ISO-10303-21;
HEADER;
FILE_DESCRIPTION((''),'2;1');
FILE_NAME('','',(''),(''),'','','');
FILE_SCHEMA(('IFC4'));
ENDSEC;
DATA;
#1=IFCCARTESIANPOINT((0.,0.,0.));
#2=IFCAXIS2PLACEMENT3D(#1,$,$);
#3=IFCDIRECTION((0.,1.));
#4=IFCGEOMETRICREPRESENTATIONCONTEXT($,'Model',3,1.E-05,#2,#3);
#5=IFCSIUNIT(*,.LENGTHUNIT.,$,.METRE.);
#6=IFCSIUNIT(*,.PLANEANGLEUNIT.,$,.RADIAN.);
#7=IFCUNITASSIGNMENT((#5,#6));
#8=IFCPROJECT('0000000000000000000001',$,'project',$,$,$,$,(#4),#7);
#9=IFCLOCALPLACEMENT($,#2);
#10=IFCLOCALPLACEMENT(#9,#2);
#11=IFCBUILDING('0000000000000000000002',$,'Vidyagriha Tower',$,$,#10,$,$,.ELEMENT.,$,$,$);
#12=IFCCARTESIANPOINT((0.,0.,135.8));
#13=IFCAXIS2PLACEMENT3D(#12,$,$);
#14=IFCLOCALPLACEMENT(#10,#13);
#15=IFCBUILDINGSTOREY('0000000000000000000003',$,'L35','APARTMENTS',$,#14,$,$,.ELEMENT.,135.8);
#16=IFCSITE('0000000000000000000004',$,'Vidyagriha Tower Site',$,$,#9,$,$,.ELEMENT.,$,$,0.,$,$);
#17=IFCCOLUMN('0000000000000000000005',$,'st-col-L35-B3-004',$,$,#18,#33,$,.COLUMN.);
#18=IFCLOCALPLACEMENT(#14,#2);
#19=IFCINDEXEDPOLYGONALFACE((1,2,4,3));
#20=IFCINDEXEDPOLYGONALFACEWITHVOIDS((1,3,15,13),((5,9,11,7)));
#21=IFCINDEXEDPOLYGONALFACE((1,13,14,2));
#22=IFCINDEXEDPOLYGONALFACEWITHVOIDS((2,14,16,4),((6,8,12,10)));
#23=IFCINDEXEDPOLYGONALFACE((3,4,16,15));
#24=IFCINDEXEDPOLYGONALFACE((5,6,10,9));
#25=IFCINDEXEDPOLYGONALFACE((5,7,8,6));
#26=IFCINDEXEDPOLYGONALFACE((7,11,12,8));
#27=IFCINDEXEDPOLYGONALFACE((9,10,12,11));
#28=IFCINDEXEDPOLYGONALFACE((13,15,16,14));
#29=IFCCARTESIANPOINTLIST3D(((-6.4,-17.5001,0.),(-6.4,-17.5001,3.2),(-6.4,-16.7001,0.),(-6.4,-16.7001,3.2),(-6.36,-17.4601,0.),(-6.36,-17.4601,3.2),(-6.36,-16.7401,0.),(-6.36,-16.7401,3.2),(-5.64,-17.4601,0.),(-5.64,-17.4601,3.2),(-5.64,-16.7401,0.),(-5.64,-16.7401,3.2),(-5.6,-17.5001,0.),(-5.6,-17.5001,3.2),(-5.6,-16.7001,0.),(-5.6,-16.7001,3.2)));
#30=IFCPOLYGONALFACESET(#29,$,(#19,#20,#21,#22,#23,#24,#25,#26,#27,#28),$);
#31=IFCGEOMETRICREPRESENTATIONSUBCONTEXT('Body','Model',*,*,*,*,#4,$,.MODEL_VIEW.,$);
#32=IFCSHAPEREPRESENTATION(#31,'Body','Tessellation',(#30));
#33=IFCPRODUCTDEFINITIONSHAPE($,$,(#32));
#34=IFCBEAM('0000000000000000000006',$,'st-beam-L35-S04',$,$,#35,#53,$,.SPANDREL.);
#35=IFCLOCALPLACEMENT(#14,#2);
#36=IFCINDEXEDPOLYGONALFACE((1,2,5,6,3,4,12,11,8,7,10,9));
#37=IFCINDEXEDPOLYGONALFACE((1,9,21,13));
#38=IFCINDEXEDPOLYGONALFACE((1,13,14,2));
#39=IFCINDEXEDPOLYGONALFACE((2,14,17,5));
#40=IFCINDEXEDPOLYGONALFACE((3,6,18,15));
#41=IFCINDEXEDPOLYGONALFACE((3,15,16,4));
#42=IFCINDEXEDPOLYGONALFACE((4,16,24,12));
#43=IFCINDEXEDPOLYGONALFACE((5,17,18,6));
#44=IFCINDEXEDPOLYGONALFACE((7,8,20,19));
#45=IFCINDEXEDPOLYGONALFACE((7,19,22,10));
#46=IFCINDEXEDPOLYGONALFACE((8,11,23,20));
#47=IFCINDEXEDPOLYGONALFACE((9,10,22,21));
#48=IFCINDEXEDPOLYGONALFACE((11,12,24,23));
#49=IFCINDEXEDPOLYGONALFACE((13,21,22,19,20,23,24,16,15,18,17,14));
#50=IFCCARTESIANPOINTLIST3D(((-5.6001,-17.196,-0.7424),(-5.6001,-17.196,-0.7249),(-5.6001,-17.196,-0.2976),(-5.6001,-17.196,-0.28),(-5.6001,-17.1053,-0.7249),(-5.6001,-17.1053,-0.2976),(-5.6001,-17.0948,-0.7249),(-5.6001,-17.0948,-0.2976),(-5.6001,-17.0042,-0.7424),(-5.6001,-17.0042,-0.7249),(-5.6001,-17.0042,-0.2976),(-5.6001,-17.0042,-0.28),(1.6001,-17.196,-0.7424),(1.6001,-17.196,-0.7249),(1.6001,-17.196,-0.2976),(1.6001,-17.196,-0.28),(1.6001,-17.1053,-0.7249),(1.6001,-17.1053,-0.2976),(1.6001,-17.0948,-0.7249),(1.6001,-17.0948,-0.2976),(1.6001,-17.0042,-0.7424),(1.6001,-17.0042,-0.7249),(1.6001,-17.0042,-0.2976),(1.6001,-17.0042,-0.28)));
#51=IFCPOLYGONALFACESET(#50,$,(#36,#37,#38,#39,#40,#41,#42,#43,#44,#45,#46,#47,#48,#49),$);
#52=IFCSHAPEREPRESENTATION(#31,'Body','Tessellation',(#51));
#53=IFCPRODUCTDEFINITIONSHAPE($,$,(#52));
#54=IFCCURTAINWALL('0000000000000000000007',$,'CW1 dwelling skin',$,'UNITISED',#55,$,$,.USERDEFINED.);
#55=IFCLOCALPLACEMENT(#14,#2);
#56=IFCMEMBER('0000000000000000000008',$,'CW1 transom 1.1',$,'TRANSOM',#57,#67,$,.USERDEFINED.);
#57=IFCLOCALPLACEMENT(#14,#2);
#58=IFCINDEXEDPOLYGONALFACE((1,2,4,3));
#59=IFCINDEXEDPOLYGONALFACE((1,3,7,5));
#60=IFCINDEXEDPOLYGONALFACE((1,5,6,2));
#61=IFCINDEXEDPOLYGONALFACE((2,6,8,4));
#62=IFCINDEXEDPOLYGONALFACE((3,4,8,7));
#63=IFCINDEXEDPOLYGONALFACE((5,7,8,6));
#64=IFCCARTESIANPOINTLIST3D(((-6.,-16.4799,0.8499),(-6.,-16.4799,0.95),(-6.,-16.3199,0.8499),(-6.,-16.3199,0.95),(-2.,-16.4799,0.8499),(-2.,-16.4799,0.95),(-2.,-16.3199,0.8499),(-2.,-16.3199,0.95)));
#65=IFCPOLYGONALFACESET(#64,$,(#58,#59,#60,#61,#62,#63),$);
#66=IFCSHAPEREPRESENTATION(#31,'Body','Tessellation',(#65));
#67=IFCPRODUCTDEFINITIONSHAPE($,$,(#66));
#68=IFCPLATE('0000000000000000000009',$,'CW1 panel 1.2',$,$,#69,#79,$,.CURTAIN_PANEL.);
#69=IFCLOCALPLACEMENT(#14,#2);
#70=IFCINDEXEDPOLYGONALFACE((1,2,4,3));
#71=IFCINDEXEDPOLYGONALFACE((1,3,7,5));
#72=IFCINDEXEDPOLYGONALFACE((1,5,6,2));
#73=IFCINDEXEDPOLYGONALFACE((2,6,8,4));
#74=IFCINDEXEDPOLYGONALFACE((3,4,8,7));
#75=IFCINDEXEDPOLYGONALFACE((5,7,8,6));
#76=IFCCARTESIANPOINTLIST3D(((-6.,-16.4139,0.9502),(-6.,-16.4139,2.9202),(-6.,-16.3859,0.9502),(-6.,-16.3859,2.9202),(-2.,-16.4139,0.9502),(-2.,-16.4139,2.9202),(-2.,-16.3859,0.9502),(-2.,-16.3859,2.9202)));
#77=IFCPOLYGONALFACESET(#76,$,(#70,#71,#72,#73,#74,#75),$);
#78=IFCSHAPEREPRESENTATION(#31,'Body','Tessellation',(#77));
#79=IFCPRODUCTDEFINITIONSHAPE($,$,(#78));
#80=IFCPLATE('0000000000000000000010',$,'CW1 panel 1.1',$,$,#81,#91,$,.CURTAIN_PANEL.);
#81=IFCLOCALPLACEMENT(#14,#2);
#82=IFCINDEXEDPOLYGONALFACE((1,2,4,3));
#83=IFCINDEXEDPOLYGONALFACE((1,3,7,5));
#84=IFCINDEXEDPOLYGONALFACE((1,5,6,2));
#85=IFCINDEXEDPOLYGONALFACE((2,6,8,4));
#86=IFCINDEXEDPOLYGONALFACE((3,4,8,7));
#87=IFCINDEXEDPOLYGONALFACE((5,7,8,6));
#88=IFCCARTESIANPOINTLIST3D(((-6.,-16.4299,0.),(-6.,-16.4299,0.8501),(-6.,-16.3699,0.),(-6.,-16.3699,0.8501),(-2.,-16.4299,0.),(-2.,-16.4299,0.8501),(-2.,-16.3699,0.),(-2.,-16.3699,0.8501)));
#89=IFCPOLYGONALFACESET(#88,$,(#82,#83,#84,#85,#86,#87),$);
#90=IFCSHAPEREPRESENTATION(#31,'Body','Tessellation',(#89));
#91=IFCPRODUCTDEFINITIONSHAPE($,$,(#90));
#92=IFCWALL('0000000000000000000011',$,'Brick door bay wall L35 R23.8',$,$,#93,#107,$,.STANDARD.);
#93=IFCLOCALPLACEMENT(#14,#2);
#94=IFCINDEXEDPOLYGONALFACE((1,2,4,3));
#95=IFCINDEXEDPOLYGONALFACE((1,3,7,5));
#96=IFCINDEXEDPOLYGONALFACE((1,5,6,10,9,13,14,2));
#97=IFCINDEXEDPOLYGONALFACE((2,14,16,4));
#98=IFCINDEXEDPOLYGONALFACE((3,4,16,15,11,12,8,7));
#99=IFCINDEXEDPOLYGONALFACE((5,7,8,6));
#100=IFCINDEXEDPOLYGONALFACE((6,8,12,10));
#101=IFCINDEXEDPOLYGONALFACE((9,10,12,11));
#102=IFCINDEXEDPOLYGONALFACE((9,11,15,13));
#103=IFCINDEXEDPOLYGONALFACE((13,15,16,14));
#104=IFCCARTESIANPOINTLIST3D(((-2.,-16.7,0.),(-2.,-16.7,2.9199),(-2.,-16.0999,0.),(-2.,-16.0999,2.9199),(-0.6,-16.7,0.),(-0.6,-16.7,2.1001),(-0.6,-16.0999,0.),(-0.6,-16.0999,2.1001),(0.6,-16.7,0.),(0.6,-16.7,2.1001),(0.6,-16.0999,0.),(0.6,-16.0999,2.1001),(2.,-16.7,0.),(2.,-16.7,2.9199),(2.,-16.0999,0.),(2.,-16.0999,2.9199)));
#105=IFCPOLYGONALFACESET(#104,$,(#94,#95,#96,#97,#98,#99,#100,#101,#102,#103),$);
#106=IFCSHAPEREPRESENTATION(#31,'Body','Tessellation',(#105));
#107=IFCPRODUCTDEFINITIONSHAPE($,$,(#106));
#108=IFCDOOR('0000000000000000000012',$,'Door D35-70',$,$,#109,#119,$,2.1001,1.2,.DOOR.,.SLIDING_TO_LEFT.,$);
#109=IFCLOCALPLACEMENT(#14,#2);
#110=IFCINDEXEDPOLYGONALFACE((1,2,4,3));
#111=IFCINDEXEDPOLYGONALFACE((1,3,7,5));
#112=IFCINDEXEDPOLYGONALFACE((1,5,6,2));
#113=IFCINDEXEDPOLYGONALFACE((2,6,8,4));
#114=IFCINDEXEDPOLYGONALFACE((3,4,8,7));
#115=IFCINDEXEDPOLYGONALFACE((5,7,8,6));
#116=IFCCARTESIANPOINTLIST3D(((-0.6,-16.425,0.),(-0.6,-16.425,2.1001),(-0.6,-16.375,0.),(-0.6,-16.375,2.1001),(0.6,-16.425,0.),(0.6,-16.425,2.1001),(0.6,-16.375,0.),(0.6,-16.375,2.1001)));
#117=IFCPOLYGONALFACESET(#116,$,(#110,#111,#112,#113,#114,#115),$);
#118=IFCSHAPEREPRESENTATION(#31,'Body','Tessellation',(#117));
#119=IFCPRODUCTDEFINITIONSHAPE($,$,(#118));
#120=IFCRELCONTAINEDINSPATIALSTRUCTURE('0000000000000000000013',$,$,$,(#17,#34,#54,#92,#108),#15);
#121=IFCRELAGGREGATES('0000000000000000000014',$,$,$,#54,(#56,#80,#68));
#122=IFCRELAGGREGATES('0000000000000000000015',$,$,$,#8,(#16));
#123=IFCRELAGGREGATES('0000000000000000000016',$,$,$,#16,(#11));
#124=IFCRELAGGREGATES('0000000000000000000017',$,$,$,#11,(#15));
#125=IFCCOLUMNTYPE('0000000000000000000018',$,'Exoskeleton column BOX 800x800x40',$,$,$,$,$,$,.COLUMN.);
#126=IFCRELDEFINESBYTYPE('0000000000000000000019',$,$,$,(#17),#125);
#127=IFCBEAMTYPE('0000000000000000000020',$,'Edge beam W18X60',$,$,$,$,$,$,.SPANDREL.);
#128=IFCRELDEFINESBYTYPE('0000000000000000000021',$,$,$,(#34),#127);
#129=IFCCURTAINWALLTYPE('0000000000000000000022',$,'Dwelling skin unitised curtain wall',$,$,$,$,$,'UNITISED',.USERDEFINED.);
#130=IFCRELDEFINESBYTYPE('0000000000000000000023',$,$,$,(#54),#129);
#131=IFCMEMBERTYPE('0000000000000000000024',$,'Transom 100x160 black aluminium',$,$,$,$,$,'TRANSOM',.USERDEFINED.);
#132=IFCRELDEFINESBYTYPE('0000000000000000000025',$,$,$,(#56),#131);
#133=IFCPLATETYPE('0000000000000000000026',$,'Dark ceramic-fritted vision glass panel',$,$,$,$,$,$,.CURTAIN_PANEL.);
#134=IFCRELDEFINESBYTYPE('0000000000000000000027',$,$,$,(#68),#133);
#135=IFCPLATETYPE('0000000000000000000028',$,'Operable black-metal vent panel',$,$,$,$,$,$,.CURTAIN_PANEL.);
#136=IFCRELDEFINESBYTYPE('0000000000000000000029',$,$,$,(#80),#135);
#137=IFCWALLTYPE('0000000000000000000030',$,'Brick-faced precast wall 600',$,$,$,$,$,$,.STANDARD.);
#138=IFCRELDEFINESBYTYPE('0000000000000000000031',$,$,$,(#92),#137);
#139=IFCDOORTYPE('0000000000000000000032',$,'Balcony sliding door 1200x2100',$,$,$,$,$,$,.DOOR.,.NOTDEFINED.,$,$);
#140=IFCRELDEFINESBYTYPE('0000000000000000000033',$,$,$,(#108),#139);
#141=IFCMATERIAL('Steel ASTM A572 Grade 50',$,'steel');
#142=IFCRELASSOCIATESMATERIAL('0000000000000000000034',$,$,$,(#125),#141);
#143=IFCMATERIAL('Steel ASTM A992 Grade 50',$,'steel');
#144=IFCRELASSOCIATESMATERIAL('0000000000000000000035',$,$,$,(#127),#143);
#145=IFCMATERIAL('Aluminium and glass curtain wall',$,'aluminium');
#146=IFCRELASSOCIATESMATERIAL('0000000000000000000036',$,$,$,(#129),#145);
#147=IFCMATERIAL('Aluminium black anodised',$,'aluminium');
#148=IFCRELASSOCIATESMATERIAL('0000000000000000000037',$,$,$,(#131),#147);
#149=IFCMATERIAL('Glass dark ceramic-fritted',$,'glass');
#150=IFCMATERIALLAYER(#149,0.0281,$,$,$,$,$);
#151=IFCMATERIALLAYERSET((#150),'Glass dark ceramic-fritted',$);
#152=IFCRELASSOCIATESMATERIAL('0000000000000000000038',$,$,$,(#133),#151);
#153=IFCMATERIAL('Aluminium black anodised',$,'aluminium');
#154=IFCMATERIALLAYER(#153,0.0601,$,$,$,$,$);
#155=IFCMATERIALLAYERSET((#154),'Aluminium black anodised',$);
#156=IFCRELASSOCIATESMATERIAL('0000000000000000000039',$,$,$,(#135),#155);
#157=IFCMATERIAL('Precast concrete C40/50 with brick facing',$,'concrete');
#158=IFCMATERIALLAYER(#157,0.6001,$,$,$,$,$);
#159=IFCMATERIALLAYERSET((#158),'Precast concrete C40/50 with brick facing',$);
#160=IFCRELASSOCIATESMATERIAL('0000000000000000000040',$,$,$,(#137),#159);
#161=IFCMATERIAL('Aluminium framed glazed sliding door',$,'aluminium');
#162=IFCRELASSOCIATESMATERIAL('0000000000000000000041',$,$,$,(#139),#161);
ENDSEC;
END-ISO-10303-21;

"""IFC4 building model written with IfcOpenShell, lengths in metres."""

from ifc_helpers import new_model, si_unit, direction, frame, frame_2d, origin, origin_2d, place, context, subcontext, project, spatial, rectangle, hollow_rectangle, i_section, extrude, material, layer, layer_set, material_profile, profile_set, type_object, element, fill, aggregate, save


model = new_model("IFC4")

# Units and contexts
model_context = context("Model", 3, precision=1e-05, world=origin(), true_north=direction((0.0, 1.0)))
body_context = subcontext(model_context, "Body", "Model", "MODEL_VIEW")
ifc_project = project(units=[si_unit("LENGTHUNIT", "METRE"), si_unit("PLANEANGLEUNIT", "RADIAN")], contexts=[model_context])

# Site, building, storey
site_placement = place(None, origin())
site = spatial("IfcSite", under=ifc_project, at=site_placement, Name="Vidyagriha Tower Site", CompositionType="ELEMENT", RefElevation=0.0)
building_placement = place(site_placement, origin())
building = spatial("IfcBuilding", under=site, at=building_placement, Name="Vidyagriha Tower", CompositionType="ELEMENT")
storey_placement = place(building_placement, frame((0.0, 0.0, 135.8)))
storey = spatial("IfcBuildingStorey", under=building, at=storey_placement, Name="L35", Description="APARTMENTS", CompositionType="ELEMENT", Elevation=135.8)

# Column
ifc_material_1 = material(Name="Steel ASTM A572 Grade 50", Category="steel")
ifc_material_profile_1 = material_profile(ifc_material_1, hollow_rectangle(XDim=0.8, YDim=0.8, WallThickness=0.04, at=origin_2d()), Name="BOX 800x800x40")
ifc_profile_set_1 = profile_set([ifc_material_profile_1], Name="Steel ASTM A572 Grade 50")
column_type = type_object("IfcColumnType", Name="Exoskeleton column BOX 800x800x40", PredefinedType="COLUMN", material=ifc_profile_set_1)
column_placement = place(storey_placement, frame((-6.0, -17.1001, 0.0)))
element("IfcColumn", 1, at=column_placement, inside=storey, type_object=column_type, Name="st-col-L35-B3-004", PredefinedType="COLUMN", context=body_context, shape_type="SweptSolid", body=[
    extrude(hollow_rectangle(XDim=0.8, YDim=0.8, WallThickness=0.04, at=origin_2d()), origin(), (0.0, 0.0, 1.0), 3.2),
])

# Beam
ifc_material_2 = material(Name="Steel ASTM A992 Grade 50", Category="steel")
ifc_material_profile_2 = material_profile(ifc_material_2, i_section(OverallWidth=0.1919, OverallDepth=0.4624, WebThickness=0.0105, FlangeThickness=0.0176, at=origin_2d()), Name="W18X60")
ifc_profile_set_2 = profile_set([ifc_material_profile_2], Name="Steel ASTM A992 Grade 50")
beam_type = type_object("IfcBeamType", Name="Edge beam W18X60", PredefinedType="SPANDREL", material=ifc_profile_set_2)
beam_placement = place(storey_placement, frame((-5.6001, -17.1001, -0.5112), z_axis=(1.0, 0.0, 0.0), x_axis=(0.0, 1.0, 0.0)))
element("IfcBeam", 2, at=beam_placement, inside=storey, type_object=beam_type, Name="st-beam-L35-S04", PredefinedType="SPANDREL", context=body_context, shape_type="SweptSolid", body=[
    extrude(i_section(OverallWidth=0.1919, OverallDepth=0.4624, WebThickness=0.0105, FlangeThickness=0.0176, at=origin_2d()), origin(), (0.0, 0.0, 1.0), 7.2002),
])

# Curtain wall, member, plates
ifc_material_3 = material(Name="Aluminium and glass curtain wall", Category="aluminium")
curtain_wall_type = type_object("IfcCurtainWallType", Name="Dwelling skin unitised curtain wall", ElementType="UNITISED", PredefinedType="USERDEFINED", material=ifc_material_3)
curtain_wall_placement = place(storey_placement, origin())
curtain_wall = element("IfcCurtainWall", 3, at=curtain_wall_placement, inside=storey, type_object=curtain_wall_type, Name="CW1 dwelling skin", ObjectType="UNITISED", PredefinedType="USERDEFINED")
ifc_material_4 = material(Name="Aluminium black anodised", Category="aluminium")
ifc_material_profile_3 = material_profile(ifc_material_4, rectangle(XDim=0.1599, YDim=0.1001, at=origin_2d()), Name="Transom 100x160 black aluminium")
ifc_profile_set_3 = profile_set([ifc_material_profile_3], Name="Aluminium black anodised")
member_type = type_object("IfcMemberType", Name="Transom 100x160 black aluminium", ElementType="TRANSOM", PredefinedType="USERDEFINED", material=ifc_profile_set_3)
member_placement = place(storey_placement, frame((-6.0, -16.3999, 0.8999), z_axis=(1.0, 0.0, 0.0), x_axis=(0.0, 1.0, 0.0)))
member = element("IfcMember", 4, at=member_placement, type_object=member_type, Name="CW1 transom 1.1", ObjectType="TRANSOM", PredefinedType="USERDEFINED", context=body_context, shape_type="SweptSolid", body=[
    extrude(rectangle(XDim=0.1599, YDim=0.1001, at=origin_2d()), origin(), (0.0, 0.0, 1.0), 4.0),
])
ifc_material_5 = material(Name="Glass dark ceramic-fritted", Category="glass")
ifc_layer_1 = layer(ifc_material_5, 0.0281)
ifc_layer_set_1 = layer_set([ifc_layer_1], Name="Glass dark ceramic-fritted")
plate_type_1 = type_object("IfcPlateType", Name="Dark ceramic-fritted vision glass panel", PredefinedType="CURTAIN_PANEL", material=ifc_layer_set_1)
plate_1_placement = place(storey_placement, frame((-4.0, -16.3999, 0.9502)))
plate_1 = element("IfcPlate", 5, at=plate_1_placement, type_object=plate_type_1, Name="CW1 panel 1.2", PredefinedType="CURTAIN_PANEL", context=body_context, shape_type="SweptSolid", body=[
    extrude(rectangle(XDim=4.0, YDim=0.0281, at=origin_2d()), origin(), (0.0, 0.0, 1.0), 1.97),
])
ifc_material_6 = material(Name="Aluminium black anodised", Category="aluminium")
ifc_layer_2 = layer(ifc_material_6, 0.0601)
ifc_layer_set_2 = layer_set([ifc_layer_2], Name="Aluminium black anodised")
plate_type_2 = type_object("IfcPlateType", Name="Operable black-metal vent panel", PredefinedType="CURTAIN_PANEL", material=ifc_layer_set_2)
plate_2_placement = place(storey_placement, frame((-4.0, -16.3999, 0.0)))
plate_2 = element("IfcPlate", 6, at=plate_2_placement, type_object=plate_type_2, Name="CW1 panel 1.1", PredefinedType="CURTAIN_PANEL", context=body_context, shape_type="SweptSolid", body=[
    extrude(rectangle(XDim=4.0, YDim=0.0601, at=origin_2d()), origin(), (0.0, 0.0, 1.0), 0.8501),
])
aggregate(curtain_wall, [member, plate_2, plate_1])

# Wall, opening, door
ifc_material_7 = material(Name="Precast concrete C40/50 with brick facing", Category="concrete")
ifc_layer_3 = layer(ifc_material_7, 0.6001)
ifc_layer_set_3 = layer_set([ifc_layer_3], Name="Precast concrete C40/50 with brick facing")
wall_type_1 = type_object("IfcWallType", Name="Brick-faced precast wall 600", PredefinedType="STANDARD", material=ifc_layer_set_3)
wall_1_placement = place(storey_placement, frame((-2.0, -16.3999, 0.0)))
wall_1 = element("IfcWall", 7, at=wall_1_placement, inside=storey, type_object=wall_type_1, Name="Brick door bay wall L35 R23.8", PredefinedType="STANDARD", context=body_context, shape_type="SweptSolid", body=[
    extrude(rectangle(XDim=4.0, YDim=0.6001, at=frame_2d((2.0, 0.0))), origin(), (0.0, 0.0, 1.0), 2.9199),
])
opening_1_placement = place(wall_1_placement, frame((1.3999, 0.0, 0.0)))
opening_1 = element("IfcOpeningElement", 8, at=opening_1_placement, cuts=wall_1, PredefinedType="OPENING", context=body_context, shape_type="SweptSolid", body=[
    extrude(rectangle(XDim=1.2, YDim=2.1001, at=frame_2d((0.6001, 1.05))), frame((0.0, 0.3101, 0.0), z_axis=(0.0, -1.0, 0.0), x_axis=(1.0, 0.0, 0.0)), (0.0, 0.0, 1.0), 0.6201),
])
ifc_material_8 = material(Name="Aluminium framed glazed sliding door", Category="aluminium")
door_type_1 = type_object("IfcDoorType", Name="Balcony sliding door 1200x2100", OperationType="NOTDEFINED", PredefinedType="DOOR", material=ifc_material_8)
door_1_placement = place(opening_1_placement, origin())
door_1 = element("IfcDoor", 9, at=door_1_placement, inside=storey, type_object=door_type_1, Name="Door D35-70", OperationType="SLIDING_TO_LEFT", OverallHeight=2.1001, OverallWidth=1.2, PredefinedType="DOOR", context=body_context, shape_type="SweptSolid", body=[
    extrude(rectangle(XDim=1.2, YDim=2.1001, at=frame_2d((0.6001, 1.05))), frame((0.0, 0.0249, 0.0), z_axis=(0.0, -1.0, 0.0), x_axis=(1.0, 0.0, 0.0)), (0.0, 0.0, 1.0), 0.05),
])
fill(opening_1, door_1)

save(model, "model.ifc")
